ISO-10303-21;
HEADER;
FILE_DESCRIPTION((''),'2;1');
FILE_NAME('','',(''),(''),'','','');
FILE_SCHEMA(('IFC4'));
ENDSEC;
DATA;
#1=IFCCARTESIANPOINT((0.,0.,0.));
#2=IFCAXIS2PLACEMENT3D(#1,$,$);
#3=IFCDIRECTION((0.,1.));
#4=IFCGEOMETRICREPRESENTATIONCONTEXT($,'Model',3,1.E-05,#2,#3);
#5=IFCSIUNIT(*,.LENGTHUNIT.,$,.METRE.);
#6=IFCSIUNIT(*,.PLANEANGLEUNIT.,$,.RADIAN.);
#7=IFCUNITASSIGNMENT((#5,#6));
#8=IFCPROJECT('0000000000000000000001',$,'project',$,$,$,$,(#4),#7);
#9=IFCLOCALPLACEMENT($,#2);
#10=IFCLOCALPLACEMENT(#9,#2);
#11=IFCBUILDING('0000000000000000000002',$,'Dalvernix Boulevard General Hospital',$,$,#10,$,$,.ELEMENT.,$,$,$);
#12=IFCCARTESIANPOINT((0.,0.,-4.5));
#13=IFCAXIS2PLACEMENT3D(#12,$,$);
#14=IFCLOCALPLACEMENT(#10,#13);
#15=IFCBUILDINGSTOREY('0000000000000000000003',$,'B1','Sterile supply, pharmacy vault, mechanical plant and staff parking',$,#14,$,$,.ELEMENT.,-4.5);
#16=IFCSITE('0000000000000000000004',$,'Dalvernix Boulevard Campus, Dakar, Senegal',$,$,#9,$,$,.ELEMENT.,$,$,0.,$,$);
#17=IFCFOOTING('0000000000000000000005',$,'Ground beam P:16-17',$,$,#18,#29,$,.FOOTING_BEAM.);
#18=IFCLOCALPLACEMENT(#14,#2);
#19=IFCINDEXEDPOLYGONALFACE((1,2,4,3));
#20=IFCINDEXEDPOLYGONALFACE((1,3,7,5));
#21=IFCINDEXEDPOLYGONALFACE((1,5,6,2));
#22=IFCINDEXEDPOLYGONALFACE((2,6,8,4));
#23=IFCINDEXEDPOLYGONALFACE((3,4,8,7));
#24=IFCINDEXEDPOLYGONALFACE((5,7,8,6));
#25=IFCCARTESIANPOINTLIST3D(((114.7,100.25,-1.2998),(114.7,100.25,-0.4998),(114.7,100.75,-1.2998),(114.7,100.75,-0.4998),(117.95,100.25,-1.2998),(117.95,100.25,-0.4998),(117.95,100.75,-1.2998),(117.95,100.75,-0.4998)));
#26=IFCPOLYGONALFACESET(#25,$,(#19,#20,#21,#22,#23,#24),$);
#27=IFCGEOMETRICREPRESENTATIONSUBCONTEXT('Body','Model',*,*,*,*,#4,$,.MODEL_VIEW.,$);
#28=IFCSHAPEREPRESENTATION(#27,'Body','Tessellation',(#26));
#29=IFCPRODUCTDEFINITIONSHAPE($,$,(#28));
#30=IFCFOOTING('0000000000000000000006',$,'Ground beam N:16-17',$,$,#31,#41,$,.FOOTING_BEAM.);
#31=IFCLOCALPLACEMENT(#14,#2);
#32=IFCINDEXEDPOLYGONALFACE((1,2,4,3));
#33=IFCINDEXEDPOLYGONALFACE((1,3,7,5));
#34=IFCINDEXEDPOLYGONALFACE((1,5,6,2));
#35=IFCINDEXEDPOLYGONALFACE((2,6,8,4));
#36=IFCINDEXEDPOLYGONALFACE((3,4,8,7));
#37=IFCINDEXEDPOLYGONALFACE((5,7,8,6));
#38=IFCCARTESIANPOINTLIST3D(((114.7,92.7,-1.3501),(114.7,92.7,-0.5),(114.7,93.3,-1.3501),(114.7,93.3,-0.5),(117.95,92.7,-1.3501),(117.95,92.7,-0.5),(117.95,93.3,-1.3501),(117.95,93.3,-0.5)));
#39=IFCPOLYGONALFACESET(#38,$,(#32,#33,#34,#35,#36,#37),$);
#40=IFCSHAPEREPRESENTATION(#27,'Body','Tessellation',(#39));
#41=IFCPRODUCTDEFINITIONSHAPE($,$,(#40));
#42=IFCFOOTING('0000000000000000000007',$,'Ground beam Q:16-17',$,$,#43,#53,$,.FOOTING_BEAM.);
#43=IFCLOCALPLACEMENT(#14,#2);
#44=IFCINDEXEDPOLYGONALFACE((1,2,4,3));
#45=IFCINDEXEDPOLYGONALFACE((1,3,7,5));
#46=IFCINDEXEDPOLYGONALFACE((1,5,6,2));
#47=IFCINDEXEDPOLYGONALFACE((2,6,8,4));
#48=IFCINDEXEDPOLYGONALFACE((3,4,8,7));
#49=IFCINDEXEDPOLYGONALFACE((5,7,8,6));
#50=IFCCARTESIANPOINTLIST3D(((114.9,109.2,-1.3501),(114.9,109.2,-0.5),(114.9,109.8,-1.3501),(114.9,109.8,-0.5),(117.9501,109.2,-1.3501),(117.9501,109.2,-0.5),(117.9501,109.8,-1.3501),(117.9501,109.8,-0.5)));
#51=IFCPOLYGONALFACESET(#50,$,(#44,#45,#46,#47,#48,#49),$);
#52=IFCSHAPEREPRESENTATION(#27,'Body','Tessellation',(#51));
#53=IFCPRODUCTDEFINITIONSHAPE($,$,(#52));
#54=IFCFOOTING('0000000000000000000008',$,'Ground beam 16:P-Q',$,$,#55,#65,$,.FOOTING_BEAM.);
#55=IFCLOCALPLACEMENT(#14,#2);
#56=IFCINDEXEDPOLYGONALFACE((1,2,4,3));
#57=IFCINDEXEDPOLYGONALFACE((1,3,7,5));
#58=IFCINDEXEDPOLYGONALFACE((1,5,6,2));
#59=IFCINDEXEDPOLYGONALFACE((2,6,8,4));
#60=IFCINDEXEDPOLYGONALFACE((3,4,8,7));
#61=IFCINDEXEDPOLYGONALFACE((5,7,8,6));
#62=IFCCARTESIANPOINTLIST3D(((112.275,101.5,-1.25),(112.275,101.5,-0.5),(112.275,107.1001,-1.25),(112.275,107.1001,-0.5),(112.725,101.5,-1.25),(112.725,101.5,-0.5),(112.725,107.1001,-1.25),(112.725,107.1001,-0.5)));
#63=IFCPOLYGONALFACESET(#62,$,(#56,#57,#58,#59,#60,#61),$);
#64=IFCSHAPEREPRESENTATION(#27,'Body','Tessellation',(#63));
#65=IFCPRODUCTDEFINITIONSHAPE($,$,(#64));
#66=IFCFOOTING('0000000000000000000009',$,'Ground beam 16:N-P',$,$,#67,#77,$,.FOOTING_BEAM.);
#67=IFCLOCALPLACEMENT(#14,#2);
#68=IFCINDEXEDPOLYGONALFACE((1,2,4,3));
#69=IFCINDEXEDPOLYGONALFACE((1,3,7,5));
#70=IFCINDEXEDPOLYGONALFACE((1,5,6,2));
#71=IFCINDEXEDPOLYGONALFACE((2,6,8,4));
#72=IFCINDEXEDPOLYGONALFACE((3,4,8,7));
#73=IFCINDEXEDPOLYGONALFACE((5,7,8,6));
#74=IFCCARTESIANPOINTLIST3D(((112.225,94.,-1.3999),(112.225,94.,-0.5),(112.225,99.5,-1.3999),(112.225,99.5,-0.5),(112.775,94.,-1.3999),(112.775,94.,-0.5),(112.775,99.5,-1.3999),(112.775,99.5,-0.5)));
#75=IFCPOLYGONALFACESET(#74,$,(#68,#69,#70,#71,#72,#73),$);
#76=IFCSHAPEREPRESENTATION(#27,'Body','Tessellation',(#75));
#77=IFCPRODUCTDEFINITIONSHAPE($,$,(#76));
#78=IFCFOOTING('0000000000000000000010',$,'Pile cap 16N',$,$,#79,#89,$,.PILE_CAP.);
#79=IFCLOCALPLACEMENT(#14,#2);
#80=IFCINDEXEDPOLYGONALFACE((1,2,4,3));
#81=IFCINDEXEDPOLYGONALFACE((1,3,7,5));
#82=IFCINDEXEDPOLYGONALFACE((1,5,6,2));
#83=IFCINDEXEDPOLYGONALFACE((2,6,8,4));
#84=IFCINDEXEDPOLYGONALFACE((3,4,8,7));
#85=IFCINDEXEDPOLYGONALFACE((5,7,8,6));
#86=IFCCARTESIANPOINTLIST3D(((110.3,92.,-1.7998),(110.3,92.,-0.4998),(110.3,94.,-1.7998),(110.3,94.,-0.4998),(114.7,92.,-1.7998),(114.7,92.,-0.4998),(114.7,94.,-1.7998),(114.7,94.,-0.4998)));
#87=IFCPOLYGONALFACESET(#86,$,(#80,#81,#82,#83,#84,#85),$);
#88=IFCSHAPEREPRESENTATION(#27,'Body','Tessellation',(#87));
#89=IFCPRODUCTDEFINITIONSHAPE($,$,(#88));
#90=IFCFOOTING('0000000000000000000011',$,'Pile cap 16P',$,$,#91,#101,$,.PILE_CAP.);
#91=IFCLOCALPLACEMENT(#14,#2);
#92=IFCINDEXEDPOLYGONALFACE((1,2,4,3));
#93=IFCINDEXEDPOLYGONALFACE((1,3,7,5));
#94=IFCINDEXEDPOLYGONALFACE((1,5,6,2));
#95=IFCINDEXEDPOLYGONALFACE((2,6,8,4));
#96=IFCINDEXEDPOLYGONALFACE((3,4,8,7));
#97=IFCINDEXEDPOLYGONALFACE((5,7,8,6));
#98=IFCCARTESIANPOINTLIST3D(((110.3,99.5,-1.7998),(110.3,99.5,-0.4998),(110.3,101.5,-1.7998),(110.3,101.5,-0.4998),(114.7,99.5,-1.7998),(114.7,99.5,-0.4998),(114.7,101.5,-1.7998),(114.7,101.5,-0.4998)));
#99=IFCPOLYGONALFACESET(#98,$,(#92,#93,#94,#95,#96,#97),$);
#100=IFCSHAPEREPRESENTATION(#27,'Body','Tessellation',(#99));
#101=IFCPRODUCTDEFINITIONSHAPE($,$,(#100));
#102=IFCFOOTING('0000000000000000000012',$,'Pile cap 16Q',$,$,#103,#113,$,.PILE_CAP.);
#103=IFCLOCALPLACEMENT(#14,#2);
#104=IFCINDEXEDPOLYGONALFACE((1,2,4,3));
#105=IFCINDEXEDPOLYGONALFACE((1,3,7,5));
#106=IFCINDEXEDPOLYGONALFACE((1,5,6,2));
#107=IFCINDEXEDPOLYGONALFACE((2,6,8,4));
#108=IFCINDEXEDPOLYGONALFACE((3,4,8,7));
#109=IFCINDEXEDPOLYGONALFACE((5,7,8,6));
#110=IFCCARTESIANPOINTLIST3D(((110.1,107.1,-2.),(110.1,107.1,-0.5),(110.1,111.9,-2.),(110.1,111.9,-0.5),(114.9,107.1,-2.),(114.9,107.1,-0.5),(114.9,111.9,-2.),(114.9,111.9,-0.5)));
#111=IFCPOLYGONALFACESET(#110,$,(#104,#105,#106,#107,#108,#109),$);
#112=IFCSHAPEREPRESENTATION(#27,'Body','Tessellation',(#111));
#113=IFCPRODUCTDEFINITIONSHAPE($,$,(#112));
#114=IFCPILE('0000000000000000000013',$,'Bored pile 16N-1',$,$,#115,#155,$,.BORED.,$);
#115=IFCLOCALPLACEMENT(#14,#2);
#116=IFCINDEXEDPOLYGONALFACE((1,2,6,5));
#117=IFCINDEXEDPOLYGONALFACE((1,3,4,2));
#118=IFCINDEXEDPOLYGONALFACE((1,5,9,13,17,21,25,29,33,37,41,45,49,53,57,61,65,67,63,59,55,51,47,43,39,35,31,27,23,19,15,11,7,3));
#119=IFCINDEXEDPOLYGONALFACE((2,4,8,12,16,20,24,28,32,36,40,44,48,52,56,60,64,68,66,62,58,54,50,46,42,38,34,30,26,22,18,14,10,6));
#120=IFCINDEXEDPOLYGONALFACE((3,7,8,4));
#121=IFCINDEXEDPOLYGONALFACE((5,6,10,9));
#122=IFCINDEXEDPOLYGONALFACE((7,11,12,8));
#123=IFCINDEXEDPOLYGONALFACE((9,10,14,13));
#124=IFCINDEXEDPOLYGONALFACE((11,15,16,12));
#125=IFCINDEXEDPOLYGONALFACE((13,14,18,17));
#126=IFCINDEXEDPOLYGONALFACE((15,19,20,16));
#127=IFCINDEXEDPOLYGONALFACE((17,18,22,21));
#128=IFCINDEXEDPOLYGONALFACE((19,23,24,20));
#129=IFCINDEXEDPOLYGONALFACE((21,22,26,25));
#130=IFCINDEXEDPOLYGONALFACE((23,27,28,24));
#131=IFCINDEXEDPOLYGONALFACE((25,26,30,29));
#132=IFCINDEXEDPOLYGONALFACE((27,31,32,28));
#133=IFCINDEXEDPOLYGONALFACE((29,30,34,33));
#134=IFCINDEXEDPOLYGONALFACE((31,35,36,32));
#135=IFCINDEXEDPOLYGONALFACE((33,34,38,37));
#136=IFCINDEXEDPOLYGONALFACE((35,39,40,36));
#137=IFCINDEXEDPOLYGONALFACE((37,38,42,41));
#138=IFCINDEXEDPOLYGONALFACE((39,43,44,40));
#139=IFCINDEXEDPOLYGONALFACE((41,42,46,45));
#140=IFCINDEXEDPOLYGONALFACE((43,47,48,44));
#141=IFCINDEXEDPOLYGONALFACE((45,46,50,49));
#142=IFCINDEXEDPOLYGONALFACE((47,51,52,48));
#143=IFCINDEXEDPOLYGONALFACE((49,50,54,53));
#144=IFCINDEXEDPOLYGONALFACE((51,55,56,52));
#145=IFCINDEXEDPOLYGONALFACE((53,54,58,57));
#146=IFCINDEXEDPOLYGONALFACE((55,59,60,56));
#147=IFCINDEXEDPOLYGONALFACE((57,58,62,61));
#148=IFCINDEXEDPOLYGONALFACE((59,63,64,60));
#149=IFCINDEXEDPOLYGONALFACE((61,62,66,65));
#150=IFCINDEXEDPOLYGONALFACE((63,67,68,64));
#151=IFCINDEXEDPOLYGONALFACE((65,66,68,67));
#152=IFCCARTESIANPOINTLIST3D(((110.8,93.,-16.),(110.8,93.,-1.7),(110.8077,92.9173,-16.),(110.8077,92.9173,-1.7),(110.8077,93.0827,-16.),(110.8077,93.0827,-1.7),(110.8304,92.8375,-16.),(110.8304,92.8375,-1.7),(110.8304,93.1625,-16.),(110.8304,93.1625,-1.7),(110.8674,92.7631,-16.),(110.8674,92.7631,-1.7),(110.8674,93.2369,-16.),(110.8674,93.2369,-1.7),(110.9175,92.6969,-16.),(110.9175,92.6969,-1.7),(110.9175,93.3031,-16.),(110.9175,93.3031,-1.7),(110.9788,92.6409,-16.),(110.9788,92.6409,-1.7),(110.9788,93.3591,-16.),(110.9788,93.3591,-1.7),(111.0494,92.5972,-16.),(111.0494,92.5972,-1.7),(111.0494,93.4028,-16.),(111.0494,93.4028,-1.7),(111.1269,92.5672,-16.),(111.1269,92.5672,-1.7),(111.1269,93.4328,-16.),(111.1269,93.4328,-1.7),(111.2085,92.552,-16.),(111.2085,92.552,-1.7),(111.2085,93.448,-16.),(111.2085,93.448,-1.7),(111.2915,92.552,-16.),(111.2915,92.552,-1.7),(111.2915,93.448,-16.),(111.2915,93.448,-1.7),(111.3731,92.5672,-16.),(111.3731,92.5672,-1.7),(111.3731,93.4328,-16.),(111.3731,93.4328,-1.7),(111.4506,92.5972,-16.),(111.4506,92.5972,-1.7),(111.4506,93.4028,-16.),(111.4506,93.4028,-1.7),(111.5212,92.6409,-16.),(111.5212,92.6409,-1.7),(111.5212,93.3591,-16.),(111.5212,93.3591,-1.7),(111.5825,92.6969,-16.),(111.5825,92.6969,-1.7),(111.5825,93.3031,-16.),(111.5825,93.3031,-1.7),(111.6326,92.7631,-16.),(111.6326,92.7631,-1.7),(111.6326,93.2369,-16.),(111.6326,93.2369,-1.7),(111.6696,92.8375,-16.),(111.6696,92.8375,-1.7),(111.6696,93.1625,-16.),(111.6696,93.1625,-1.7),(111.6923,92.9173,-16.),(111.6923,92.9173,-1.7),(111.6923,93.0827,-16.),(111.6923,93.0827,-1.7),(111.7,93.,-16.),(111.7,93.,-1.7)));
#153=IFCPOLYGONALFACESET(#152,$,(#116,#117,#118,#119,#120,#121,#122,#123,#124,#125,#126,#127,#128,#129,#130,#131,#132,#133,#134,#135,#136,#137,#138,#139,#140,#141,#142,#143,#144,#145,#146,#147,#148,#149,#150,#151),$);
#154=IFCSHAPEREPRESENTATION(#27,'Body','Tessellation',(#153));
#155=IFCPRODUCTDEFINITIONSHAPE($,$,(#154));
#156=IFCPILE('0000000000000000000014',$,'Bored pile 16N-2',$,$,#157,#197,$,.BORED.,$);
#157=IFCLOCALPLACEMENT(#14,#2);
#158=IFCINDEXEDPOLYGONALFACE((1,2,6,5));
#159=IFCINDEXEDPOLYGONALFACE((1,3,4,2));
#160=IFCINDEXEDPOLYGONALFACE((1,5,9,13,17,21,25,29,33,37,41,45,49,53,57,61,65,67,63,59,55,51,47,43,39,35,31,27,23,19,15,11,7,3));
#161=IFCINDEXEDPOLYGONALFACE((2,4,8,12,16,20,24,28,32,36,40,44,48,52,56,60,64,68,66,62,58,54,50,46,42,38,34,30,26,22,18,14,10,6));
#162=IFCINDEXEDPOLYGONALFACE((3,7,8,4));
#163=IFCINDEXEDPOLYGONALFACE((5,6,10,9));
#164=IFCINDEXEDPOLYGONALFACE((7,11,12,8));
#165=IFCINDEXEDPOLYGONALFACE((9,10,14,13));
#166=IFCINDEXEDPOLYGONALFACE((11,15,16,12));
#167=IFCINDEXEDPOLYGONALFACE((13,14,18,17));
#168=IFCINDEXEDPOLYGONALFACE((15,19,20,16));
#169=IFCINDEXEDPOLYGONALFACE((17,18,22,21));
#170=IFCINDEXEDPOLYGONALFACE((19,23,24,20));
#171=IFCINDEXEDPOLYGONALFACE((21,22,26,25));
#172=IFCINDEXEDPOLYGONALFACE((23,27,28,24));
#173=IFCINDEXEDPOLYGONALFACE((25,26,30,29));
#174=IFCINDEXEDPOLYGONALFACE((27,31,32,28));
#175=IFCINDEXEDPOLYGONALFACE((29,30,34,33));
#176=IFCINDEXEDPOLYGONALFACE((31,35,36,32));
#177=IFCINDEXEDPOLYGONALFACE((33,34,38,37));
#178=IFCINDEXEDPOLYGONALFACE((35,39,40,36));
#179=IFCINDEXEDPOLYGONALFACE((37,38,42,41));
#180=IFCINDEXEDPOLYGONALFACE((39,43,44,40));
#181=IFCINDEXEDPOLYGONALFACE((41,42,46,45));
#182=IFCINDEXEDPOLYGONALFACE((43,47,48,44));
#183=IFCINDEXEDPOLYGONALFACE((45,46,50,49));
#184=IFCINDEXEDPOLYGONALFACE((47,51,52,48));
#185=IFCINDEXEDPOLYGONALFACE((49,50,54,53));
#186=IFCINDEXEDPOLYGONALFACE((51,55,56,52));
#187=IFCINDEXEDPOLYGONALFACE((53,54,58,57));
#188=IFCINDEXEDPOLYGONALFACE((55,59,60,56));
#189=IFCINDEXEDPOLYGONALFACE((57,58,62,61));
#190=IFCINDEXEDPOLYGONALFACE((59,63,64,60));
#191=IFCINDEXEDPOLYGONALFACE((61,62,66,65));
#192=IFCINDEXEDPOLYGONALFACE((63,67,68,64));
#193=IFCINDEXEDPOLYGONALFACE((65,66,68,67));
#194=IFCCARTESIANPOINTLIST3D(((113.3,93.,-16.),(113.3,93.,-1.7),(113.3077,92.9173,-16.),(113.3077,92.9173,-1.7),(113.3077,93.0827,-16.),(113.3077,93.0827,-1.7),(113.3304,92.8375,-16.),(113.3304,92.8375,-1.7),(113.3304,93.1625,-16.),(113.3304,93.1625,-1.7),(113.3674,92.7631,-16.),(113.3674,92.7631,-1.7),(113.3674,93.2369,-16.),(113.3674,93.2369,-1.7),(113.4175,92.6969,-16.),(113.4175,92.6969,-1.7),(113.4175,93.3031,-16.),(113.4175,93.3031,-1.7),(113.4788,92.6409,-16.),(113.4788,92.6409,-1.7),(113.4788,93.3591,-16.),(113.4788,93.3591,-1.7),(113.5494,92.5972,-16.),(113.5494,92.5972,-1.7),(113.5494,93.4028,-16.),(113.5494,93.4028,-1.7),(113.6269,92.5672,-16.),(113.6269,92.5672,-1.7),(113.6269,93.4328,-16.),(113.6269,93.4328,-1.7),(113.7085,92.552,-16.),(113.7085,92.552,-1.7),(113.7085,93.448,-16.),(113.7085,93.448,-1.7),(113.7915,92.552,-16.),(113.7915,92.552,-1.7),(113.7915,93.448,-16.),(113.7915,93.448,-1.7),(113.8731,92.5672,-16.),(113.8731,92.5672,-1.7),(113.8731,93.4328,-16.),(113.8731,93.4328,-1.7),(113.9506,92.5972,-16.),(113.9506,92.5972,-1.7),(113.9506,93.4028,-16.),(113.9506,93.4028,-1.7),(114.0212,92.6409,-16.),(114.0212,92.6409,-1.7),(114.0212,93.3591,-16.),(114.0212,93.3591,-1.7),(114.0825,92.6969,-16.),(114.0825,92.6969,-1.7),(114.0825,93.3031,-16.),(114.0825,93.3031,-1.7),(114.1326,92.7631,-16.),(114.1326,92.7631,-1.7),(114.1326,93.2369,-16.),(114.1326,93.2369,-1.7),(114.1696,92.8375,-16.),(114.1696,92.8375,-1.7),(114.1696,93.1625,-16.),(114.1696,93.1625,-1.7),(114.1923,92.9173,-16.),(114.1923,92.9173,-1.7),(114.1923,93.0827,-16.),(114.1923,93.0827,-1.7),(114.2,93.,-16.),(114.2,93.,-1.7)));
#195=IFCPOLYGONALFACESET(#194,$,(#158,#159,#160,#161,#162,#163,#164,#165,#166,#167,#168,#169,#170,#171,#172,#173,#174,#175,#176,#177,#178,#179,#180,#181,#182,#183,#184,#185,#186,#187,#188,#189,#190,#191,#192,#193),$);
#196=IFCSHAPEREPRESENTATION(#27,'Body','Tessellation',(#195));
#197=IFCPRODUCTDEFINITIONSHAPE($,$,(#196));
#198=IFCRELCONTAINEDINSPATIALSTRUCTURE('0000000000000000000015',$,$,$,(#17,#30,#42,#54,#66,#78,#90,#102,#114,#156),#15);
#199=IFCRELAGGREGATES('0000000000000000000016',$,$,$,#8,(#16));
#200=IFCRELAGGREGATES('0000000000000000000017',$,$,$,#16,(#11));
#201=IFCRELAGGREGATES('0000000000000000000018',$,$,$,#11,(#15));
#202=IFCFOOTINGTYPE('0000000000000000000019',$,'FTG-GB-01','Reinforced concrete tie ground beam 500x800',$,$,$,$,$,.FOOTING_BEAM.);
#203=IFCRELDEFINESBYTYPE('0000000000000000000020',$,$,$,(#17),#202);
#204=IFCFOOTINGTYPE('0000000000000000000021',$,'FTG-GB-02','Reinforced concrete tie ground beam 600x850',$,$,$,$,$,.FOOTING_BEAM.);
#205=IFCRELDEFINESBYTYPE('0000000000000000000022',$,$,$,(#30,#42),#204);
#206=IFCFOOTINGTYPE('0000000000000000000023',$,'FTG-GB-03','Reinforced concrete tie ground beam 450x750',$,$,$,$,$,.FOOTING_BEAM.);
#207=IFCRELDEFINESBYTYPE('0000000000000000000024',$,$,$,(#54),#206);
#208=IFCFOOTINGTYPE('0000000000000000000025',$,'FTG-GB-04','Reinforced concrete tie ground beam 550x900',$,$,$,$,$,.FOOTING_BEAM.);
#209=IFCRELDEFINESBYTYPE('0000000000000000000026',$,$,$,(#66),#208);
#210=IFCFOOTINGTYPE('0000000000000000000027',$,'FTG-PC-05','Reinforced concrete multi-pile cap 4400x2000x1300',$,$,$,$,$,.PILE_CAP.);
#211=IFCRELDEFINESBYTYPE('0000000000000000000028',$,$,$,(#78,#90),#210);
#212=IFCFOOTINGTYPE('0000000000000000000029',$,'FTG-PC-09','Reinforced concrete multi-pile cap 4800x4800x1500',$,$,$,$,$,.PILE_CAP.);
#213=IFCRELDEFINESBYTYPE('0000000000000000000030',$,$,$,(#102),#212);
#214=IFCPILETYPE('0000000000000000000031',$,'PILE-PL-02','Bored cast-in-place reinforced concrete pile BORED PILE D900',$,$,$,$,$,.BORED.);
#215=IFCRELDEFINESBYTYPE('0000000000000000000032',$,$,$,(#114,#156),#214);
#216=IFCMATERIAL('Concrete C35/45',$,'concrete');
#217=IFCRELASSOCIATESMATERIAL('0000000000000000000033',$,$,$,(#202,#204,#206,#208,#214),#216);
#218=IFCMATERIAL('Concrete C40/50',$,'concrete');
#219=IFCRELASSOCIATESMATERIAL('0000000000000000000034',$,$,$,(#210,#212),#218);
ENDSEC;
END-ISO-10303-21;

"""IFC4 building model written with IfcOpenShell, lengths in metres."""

from ifc_helpers import new_model, si_unit, direction, frame, origin, origin_2d, place, context, subcontext, project, spatial, rectangle, circle, extrude, material, material_profile, profile_set, type_object, element, save


model = new_model("IFC4")

# Units and contexts
model_context = context("Model", 3, precision=1e-05, world=origin(), true_north=direction((0.0, 1.0)))
body_context = subcontext(model_context, "Body", "Model", "MODEL_VIEW")
ifc_project = project(units=[si_unit("LENGTHUNIT", "METRE"), si_unit("PLANEANGLEUNIT", "RADIAN")], contexts=[model_context])

# Site, building, storey
site_placement = place(None, origin())
site = spatial("IfcSite", under=ifc_project, at=site_placement, Name="Dalvernix Boulevard Campus, Dakar, Senegal", CompositionType="ELEMENT", RefElevation=0.0)
building_placement = place(site_placement, origin())
building = spatial("IfcBuilding", under=site, at=building_placement, Name="Dalvernix Boulevard General Hospital", CompositionType="ELEMENT")
storey_placement = place(building_placement, frame((0.0, 0.0, -4.5)))
storey = spatial("IfcBuildingStorey", under=building, at=storey_placement, Name="B1", Description="Sterile supply, pharmacy vault, mechanical plant and staff parking", CompositionType="ELEMENT", Elevation=-4.5)

# Footings
ifc_material_1 = material(Name="Concrete C35/45", Category="concrete")
footing_type_1 = type_object("IfcFootingType", Name="FTG-GB-01", Description="Reinforced concrete tie ground beam 500x800", PredefinedType="FOOTING_BEAM", material=ifc_material_1)
footing_1_placement = place(storey_placement, frame((116.325, 100.5, -1.2998), z_axis=(0.0, 0.0, 1.0), x_axis=(1.0, 0.0, 0.0)))
element("IfcFooting", 1, at=footing_1_placement, inside=storey, type_object=footing_type_1, Name="Ground beam P:16-17", PredefinedType="FOOTING_BEAM", context=body_context, shape_type="SweptSolid", body=[
    extrude(rectangle(XDim=3.25, YDim=0.5, at=origin_2d()), origin(), (0.0, 0.0, 1.0), 0.8),
])
footing_type_2 = type_object("IfcFootingType", Name="FTG-GB-02", Description="Reinforced concrete tie ground beam 600x850", PredefinedType="FOOTING_BEAM", material=ifc_material_1)
footing_2_placement = place(storey_placement, frame((116.325, 93.0, -1.3501), z_axis=(0.0, 0.0, 1.0), x_axis=(1.0, 0.0, 0.0)))
element("IfcFooting", 2, at=footing_2_placement, inside=storey, type_object=footing_type_2, Name="Ground beam N:16-17", PredefinedType="FOOTING_BEAM", context=body_context, shape_type="SweptSolid", body=[
    extrude(rectangle(XDim=3.25, YDim=0.6001, at=origin_2d()), origin(), (0.0, 0.0, 1.0), 0.8501),
])
footing_3_placement = place(storey_placement, frame((116.425, 109.5, -1.3501), z_axis=(0.0, 0.0, 1.0), x_axis=(1.0, 0.0, 0.0)))
element("IfcFooting", 3, at=footing_3_placement, inside=storey, type_object=footing_type_2, Name="Ground beam Q:16-17", PredefinedType="FOOTING_BEAM", context=body_context, shape_type="SweptSolid", body=[
    extrude(rectangle(XDim=3.05, YDim=0.6001, at=origin_2d()), origin(), (0.0, 0.0, 1.0), 0.8501),
])
footing_type_3 = type_object("IfcFootingType", Name="FTG-GB-03", Description="Reinforced concrete tie ground beam 450x750", PredefinedType="FOOTING_BEAM", material=ifc_material_1)
footing_4_placement = place(storey_placement, frame((112.5, 104.3, -1.25), z_axis=(0.0, 0.0, 1.0), x_axis=(0.0, 1.0, 0.0)))
element("IfcFooting", 4, at=footing_4_placement, inside=storey, type_object=footing_type_3, Name="Ground beam 16:P-Q", PredefinedType="FOOTING_BEAM", context=body_context, shape_type="SweptSolid", body=[
    extrude(rectangle(XDim=5.6001, YDim=0.45, at=origin_2d()), origin(), (0.0, 0.0, 1.0), 0.75),
])
footing_type_4 = type_object("IfcFootingType", Name="FTG-GB-04", Description="Reinforced concrete tie ground beam 550x900", PredefinedType="FOOTING_BEAM", material=ifc_material_1)
footing_5_placement = place(storey_placement, frame((112.5, 96.75, -1.3999), z_axis=(0.0, 0.0, 1.0), x_axis=(0.0, 1.0, 0.0)))
element("IfcFooting", 5, at=footing_5_placement, inside=storey, type_object=footing_type_4, Name="Ground beam 16:N-P", PredefinedType="FOOTING_BEAM", context=body_context, shape_type="SweptSolid", body=[
    extrude(rectangle(XDim=5.5, YDim=0.55, at=origin_2d()), origin(), (0.0, 0.0, 1.0), 0.8999),
])
ifc_material_2 = material(Name="Concrete C40/50", Category="concrete")
footing_type_5 = type_object("IfcFootingType", Name="FTG-PC-05", Description="Reinforced concrete multi-pile cap 4400x2000x1300", PredefinedType="PILE_CAP", material=ifc_material_2)
for number, where, z_axis, x_axis, name in (
    (6, (112.5, 93.0, -1.7998), (0.0, 0.0, 1.0), (1.0, 0.0, 0.0), "Pile cap 16N"),
    (7, (112.5, 100.5, -1.7998), (0.0, 0.0, 1.0), (1.0, 0.0, 0.0), "Pile cap 16P"),
):
    element("IfcFooting", number, at=place(storey_placement, frame(where, z_axis=z_axis, x_axis=x_axis)), inside=storey, type_object=footing_type_5, Name=name, PredefinedType="PILE_CAP", context=body_context, shape_type="SweptSolid", body=[
        extrude(rectangle(XDim=4.3999, YDim=2.0, at=origin_2d()), origin(), (0.0, 0.0, 1.0), 1.3),
    ])
footing_type_6 = type_object("IfcFootingType", Name="FTG-PC-09", Description="Reinforced concrete multi-pile cap 4800x4800x1500", PredefinedType="PILE_CAP", material=ifc_material_2)
footing_6_placement = place(storey_placement, frame((112.5, 109.5, -2.0), z_axis=(0.0, 0.0, 1.0), x_axis=(1.0, 0.0, 0.0)))
element("IfcFooting", 8, at=footing_6_placement, inside=storey, type_object=footing_type_6, Name="Pile cap 16Q", PredefinedType="PILE_CAP", context=body_context, shape_type="SweptSolid", body=[
    extrude(rectangle(XDim=4.8, YDim=4.8, at=origin_2d()), origin(), (0.0, 0.0, 1.0), 1.5),
])

# Piles
ifc_material_profile_1 = material_profile(ifc_material_1, circle(Radius=0.45, at=origin_2d()), Name="BORED PILE D900")
ifc_profile_set_1 = profile_set([ifc_material_profile_1], Name="Concrete C35/45")
pile_type_1 = type_object("IfcPileType", Name="PILE-PL-02", Description="Bored cast-in-place reinforced concrete pile BORED PILE D900", PredefinedType="BORED", material=ifc_profile_set_1)
for number, where, z_axis, x_axis, name in (
    (9, (111.25, 93.0, -1.7), (0.0, 0.0, -1.0), (1.0, 0.0, 0.0), "Bored pile 16N-1"),
    (10, (113.75, 93.0, -1.7), (0.0, 0.0, -1.0), (1.0, 0.0, 0.0), "Bored pile 16N-2"),
):
    element("IfcPile", number, at=place(storey_placement, frame(where, z_axis=z_axis, x_axis=x_axis)), inside=storey, type_object=pile_type_1, Name=name, PredefinedType="BORED", context=body_context, shape_type="SweptSolid", body=[
        extrude(circle(Radius=0.45, at=origin_2d()), origin(), (0.0, 0.0, 1.0), 14.3),
    ])

save(model, "model.ifc")
